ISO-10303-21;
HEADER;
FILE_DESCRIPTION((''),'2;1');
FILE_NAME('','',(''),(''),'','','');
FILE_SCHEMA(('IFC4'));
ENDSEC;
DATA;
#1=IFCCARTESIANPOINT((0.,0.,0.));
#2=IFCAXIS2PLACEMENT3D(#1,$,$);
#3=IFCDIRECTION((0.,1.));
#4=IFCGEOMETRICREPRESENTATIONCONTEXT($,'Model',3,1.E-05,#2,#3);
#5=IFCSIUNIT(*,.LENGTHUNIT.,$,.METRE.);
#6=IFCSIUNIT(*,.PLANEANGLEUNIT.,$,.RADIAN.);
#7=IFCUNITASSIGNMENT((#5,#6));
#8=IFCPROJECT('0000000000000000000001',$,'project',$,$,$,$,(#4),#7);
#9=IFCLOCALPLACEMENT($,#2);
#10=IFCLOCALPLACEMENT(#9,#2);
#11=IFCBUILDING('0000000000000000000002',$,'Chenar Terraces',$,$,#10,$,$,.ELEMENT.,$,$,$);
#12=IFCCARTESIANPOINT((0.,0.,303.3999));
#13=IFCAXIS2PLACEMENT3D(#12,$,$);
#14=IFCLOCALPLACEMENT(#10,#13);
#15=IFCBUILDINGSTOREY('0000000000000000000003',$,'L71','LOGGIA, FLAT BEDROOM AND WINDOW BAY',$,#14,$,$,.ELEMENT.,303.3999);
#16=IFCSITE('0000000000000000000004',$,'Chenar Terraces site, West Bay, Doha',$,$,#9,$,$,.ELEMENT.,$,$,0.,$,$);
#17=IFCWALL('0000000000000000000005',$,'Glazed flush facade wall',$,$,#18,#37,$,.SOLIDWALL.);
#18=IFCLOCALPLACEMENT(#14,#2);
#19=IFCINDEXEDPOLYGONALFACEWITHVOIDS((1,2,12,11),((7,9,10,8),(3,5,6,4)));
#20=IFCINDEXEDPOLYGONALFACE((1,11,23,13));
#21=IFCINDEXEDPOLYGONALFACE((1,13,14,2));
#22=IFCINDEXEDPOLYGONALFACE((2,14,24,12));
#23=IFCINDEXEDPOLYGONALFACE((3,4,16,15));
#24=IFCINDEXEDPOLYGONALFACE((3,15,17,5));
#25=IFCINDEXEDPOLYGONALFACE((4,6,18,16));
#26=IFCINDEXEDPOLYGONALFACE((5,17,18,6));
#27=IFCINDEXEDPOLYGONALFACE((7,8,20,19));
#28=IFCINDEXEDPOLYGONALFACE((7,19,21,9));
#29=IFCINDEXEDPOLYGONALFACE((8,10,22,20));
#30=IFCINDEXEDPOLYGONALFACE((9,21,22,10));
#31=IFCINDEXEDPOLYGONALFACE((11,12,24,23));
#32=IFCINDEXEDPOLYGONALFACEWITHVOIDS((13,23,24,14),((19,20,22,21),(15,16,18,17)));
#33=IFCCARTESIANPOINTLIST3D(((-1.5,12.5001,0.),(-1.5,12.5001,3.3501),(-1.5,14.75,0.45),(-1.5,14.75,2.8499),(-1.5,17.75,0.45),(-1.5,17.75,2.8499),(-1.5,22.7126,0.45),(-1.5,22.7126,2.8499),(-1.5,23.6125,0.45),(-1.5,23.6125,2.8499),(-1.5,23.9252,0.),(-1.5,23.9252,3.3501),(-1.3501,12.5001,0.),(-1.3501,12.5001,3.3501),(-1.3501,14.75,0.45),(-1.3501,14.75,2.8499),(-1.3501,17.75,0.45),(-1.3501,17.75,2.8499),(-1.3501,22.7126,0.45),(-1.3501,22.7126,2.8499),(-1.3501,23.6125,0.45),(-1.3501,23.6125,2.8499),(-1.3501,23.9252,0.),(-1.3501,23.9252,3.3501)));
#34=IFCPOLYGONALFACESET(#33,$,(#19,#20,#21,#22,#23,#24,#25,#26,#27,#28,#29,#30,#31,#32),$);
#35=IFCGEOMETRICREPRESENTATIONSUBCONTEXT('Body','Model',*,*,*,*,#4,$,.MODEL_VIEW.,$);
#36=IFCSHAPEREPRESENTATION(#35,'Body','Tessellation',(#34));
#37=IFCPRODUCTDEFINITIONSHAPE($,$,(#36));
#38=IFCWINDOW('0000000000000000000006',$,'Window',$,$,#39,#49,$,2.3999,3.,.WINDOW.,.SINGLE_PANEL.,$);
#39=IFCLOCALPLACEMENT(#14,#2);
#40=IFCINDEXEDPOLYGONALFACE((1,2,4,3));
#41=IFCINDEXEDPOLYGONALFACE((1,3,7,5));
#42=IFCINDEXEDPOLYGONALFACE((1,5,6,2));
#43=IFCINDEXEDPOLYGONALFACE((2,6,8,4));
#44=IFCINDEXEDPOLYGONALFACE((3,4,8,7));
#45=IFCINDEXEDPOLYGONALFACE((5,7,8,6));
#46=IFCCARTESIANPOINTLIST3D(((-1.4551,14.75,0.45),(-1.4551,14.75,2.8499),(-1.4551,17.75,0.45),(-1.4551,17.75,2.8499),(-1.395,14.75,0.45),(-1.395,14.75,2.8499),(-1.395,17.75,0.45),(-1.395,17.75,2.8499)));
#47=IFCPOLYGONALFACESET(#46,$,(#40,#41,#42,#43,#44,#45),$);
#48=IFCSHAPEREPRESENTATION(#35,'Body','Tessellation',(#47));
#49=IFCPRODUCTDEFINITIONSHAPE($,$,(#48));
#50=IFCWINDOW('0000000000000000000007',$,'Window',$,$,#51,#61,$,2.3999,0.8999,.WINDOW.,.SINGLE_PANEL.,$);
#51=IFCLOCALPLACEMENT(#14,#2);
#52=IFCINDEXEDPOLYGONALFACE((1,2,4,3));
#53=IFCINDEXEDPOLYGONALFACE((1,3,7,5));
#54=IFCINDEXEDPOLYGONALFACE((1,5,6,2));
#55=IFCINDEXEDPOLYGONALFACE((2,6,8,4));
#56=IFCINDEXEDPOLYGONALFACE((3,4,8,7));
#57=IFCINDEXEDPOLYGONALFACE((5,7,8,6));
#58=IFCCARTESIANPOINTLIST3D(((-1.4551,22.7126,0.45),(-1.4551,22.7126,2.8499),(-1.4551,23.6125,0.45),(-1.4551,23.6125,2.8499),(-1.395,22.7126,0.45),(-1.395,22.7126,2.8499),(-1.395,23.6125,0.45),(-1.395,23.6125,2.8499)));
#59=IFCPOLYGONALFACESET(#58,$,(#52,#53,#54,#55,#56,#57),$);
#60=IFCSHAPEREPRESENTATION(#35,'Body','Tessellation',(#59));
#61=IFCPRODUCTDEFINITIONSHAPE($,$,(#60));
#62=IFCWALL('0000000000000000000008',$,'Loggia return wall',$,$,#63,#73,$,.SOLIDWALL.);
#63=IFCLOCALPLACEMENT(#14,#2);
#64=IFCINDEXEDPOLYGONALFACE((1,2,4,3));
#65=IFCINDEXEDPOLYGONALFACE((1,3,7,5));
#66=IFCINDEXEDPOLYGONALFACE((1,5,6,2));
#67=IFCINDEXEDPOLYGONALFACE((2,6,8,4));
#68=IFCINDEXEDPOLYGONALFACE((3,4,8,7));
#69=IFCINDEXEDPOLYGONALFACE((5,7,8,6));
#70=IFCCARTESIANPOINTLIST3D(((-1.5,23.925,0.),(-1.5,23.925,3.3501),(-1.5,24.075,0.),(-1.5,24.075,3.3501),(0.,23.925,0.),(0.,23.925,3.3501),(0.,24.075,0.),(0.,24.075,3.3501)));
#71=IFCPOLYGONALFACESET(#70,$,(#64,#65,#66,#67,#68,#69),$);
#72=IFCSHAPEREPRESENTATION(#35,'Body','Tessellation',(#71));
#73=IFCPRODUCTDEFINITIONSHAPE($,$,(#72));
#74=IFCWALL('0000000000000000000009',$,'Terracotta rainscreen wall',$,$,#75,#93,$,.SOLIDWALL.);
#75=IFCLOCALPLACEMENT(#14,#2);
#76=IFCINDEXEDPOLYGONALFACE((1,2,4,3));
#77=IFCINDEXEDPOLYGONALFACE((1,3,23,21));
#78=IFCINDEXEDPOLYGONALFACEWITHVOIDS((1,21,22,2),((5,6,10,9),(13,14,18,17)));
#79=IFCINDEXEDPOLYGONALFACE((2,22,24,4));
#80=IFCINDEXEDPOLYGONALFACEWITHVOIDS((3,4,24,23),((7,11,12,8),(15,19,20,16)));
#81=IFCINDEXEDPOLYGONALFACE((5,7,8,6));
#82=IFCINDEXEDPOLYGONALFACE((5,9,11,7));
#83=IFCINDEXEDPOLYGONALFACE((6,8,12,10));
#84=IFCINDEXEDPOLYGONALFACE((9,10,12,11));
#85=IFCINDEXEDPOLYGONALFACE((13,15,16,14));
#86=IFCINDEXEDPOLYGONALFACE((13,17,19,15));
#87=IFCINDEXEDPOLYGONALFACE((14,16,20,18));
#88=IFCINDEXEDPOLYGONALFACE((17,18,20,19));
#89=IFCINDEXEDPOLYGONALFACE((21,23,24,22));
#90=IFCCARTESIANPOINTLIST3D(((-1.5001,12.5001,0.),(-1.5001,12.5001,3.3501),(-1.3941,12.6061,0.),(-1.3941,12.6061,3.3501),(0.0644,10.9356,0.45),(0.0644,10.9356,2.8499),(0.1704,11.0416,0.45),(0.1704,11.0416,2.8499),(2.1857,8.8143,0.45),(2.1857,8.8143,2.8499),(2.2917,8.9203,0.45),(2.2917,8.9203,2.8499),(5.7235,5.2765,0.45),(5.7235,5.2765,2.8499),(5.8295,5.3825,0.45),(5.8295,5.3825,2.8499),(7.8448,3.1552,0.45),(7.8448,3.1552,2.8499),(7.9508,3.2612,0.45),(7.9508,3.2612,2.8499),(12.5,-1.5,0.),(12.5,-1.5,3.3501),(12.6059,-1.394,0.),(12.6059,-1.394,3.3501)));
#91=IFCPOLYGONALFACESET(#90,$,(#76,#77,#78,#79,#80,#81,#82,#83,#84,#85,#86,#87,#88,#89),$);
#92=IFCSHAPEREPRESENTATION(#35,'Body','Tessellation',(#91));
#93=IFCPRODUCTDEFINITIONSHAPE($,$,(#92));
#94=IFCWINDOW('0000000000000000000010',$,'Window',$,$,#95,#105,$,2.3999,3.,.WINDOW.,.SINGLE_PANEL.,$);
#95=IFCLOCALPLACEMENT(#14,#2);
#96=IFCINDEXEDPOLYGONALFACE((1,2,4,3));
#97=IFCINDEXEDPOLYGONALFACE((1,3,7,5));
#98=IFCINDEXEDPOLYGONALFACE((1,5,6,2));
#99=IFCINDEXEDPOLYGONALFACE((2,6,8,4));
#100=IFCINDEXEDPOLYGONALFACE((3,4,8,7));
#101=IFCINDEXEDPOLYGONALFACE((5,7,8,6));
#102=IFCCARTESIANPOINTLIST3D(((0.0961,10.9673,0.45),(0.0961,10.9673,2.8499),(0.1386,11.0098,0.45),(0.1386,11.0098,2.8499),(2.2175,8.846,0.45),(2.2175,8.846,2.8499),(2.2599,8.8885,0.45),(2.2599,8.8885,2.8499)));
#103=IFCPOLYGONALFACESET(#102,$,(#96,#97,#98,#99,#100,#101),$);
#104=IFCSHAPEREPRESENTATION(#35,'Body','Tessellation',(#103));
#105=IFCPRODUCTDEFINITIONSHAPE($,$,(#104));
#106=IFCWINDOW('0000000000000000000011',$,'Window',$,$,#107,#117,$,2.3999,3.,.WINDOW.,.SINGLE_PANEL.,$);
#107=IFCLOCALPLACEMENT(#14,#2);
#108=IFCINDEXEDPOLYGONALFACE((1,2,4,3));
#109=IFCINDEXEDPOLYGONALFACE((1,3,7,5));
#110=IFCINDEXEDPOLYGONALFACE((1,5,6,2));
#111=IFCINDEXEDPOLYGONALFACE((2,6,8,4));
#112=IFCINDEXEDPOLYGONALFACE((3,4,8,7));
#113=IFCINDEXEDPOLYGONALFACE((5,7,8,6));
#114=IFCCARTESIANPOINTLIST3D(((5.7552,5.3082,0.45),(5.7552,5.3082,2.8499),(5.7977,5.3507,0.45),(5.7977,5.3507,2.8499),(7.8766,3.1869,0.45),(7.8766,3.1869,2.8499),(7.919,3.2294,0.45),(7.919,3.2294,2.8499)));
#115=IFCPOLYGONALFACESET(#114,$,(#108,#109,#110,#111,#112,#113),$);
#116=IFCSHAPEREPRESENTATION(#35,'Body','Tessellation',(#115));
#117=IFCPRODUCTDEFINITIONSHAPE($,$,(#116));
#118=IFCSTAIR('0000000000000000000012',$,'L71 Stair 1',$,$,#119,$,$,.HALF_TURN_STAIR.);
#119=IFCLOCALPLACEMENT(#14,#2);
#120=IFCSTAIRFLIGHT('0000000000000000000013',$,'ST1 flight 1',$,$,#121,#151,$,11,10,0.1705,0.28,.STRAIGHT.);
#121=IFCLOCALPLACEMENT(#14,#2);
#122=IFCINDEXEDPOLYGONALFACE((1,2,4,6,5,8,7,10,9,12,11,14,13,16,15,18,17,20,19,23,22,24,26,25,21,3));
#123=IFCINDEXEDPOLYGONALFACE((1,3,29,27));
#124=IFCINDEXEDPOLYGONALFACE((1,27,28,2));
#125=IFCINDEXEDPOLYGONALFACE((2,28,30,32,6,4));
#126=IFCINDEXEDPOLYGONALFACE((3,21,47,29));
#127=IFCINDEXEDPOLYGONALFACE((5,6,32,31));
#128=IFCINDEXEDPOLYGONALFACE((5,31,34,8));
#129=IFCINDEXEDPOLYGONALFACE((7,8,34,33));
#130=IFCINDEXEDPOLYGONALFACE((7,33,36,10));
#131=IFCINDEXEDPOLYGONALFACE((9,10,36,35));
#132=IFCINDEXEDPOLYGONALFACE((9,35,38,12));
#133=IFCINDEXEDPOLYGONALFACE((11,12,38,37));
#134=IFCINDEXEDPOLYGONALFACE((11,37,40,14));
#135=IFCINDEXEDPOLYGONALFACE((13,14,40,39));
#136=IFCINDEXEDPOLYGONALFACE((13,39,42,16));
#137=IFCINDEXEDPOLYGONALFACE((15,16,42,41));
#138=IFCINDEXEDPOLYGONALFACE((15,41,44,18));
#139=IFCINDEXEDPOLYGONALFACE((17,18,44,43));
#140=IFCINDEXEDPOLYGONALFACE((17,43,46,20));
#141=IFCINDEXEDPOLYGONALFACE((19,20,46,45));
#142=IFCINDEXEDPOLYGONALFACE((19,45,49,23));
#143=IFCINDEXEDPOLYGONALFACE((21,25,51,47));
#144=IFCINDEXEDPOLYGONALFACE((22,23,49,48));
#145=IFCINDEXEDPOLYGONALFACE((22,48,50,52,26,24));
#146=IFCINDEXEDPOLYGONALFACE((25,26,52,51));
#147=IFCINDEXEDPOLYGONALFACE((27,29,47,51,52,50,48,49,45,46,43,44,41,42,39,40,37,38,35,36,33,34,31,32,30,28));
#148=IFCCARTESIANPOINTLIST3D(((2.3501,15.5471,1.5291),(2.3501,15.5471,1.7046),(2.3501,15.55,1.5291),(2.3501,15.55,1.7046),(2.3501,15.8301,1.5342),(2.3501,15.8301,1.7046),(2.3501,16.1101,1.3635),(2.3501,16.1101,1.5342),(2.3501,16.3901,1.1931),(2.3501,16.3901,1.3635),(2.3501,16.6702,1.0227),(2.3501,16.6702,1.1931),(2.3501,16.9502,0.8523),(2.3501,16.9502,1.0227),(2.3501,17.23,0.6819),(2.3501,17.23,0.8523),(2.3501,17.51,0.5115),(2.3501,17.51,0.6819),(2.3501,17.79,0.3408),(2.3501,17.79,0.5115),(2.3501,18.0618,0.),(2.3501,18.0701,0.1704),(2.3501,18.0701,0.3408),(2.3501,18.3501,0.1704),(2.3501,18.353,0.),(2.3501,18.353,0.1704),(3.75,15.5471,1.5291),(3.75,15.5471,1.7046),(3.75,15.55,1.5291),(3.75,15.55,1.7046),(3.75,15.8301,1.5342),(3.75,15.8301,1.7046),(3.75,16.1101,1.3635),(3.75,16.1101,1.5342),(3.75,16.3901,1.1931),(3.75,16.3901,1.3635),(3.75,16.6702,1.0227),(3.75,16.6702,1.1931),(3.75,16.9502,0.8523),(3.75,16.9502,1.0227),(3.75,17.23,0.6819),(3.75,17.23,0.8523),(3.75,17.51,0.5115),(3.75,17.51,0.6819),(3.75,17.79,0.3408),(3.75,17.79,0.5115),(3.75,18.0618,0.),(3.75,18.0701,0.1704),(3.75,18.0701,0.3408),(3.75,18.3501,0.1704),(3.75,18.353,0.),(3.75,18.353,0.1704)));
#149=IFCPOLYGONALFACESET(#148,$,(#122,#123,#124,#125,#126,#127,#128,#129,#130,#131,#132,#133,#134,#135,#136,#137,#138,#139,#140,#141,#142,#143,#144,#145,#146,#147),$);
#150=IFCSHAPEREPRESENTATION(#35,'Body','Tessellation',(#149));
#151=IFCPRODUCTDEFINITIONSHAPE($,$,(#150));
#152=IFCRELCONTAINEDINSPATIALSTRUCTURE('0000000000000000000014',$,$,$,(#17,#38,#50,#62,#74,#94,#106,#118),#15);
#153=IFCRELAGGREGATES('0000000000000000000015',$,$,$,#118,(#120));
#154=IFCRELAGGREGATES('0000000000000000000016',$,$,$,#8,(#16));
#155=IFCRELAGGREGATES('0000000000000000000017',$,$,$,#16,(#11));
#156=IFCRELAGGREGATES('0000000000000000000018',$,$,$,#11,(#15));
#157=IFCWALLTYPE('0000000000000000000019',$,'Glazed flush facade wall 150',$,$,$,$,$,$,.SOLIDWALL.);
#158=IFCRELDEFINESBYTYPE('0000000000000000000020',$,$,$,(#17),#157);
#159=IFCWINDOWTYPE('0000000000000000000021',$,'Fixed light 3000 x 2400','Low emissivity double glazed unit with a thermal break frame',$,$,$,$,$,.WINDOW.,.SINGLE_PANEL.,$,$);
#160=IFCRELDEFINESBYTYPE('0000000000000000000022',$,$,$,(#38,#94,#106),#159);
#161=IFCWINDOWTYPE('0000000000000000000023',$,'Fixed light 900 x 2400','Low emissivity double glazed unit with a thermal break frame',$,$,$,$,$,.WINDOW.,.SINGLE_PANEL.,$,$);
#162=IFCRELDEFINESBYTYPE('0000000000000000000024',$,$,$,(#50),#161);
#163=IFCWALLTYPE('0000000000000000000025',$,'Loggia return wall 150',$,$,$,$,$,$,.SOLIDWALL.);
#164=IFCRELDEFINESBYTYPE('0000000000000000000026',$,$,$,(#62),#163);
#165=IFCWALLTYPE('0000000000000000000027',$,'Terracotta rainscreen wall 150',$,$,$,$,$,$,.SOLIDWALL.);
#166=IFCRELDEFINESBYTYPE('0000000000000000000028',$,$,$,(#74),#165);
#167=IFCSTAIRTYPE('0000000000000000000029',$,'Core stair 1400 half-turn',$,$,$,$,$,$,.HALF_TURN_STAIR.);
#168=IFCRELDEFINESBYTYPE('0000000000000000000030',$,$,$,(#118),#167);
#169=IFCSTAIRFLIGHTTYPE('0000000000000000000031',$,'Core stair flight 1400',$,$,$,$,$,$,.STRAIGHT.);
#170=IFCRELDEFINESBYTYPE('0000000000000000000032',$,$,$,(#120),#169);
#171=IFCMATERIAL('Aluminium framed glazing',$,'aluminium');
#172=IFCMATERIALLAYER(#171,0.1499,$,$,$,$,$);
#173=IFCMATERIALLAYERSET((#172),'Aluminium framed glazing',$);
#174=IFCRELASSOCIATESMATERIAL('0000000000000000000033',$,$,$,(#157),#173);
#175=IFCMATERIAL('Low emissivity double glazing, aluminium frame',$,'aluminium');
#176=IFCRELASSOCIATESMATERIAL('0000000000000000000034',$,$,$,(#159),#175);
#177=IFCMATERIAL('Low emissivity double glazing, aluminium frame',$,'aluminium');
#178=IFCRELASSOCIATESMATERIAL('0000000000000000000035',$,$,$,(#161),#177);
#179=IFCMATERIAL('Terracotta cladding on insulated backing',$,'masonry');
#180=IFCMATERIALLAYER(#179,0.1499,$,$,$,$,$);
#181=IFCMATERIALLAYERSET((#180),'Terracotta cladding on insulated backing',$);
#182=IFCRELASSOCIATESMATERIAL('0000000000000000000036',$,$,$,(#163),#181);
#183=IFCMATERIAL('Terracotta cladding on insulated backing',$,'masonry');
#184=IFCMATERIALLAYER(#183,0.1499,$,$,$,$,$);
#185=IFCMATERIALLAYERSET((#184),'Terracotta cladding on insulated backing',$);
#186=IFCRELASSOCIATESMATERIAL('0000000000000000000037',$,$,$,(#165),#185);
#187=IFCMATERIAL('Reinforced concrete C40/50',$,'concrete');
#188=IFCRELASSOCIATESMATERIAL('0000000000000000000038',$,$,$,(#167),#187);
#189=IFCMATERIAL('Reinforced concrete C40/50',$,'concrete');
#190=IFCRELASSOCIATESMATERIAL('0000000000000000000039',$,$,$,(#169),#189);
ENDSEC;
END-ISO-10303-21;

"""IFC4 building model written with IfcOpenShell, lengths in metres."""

from ifc_helpers import new_model, si_unit, direction, frame, frame_2d, origin, place, context, subcontext, project, spatial, polyline, rectangle, outline, extrude, material, layer, layer_set, type_object, element, fill, aggregate, save


model = new_model("IFC4")

# Units and contexts
model_context = context("Model", 3, precision=1e-05, world=origin(), true_north=direction((0.0, 1.0)))
body_context = subcontext(model_context, "Body", "Model", "MODEL_VIEW")
ifc_project = project(units=[si_unit("LENGTHUNIT", "METRE"), si_unit("PLANEANGLEUNIT", "RADIAN")], contexts=[model_context])

# Site, building, storey
site_placement = place(None, origin())
site = spatial("IfcSite", under=ifc_project, at=site_placement, Name="Chenar Terraces site, West Bay, Doha", CompositionType="ELEMENT", RefElevation=0.0)
building_placement = place(site_placement, origin())
building = spatial("IfcBuilding", under=site, at=building_placement, Name="Chenar Terraces", CompositionType="ELEMENT")
storey_placement = place(building_placement, frame((0.0, 0.0, 303.3999)))
storey = spatial("IfcBuildingStorey", under=building, at=storey_placement, Name="L71", Description="LOGGIA, FLAT BEDROOM AND WINDOW BAY", CompositionType="ELEMENT", Elevation=303.3999)

# Wall, openings, windows
ifc_material_1 = material(Name="Aluminium framed glazing", Category="aluminium")
ifc_layer_1 = layer(ifc_material_1, 0.1499)
ifc_layer_set_1 = layer_set([ifc_layer_1], Name="Aluminium framed glazing")
wall_type_1 = type_object("IfcWallType", Name="Glazed flush facade wall 150", PredefinedType="SOLIDWALL", material=ifc_layer_set_1)
wall_1_placement = place(storey_placement, frame((-1.425, 23.925, 0.0), z_axis=(0.0, 0.0, 1.0), x_axis=(0.0, -1.0, 0.0)))
wall_1 = element("IfcWall", 1, at=wall_1_placement, inside=storey, type_object=wall_type_1, Name="Glazed flush facade wall", PredefinedType="SOLIDWALL", context=body_context, shape_type="SweptSolid", body=[
    extrude(rectangle(XDim=11.425, YDim=0.1499, at=frame_2d((5.7124, 0.0))), origin(), (0.0, 0.0, 1.0), 3.3501),
])
opening_1_placement = place(wall_1_placement, frame((0.3125, 0.0, 0.45)))
opening_1 = element("IfcOpeningElement", 2, at=opening_1_placement, cuts=wall_1, PredefinedType="OPENING", context=body_context, shape_type="SweptSolid", body=[
    extrude(rectangle(XDim=0.8999, YDim=2.3999, at=frame_2d((0.45, 1.2))), frame((0.0, 0.085, 0.0), z_axis=(0.0, -1.0, 0.0), x_axis=(1.0, 0.0, 0.0)), (0.0, 0.0, 1.0), 0.1699),
])
opening_2_placement = place(wall_1_placement, frame((6.175, 0.0, 0.45)))
opening_2 = element("IfcOpeningElement", 3, at=opening_2_placement, cuts=wall_1, PredefinedType="OPENING", context=body_context, shape_type="SweptSolid", body=[
    extrude(rectangle(XDim=3.0, YDim=2.3999, at=frame_2d((1.5, 1.2))), frame((0.0, 0.085, 0.0), z_axis=(0.0, -1.0, 0.0), x_axis=(1.0, 0.0, 0.0)), (0.0, 0.0, 1.0), 0.1699),
])
ifc_material_2 = material(Name="Low emissivity double glazing, aluminium frame", Category="aluminium")
window_type_1 = type_object("IfcWindowType", Name="Fixed light 3000 x 2400", Description="Low emissivity double glazed unit with a thermal break frame", PartitioningType="SINGLE_PANEL", PredefinedType="WINDOW", material=ifc_material_2)
window_1_placement = place(opening_2_placement, origin())
window_1 = element("IfcWindow", 4, at=window_1_placement, inside=storey, type_object=window_type_1, Name="Window", OverallHeight=2.3999, OverallWidth=3.0, PartitioningType="SINGLE_PANEL", PredefinedType="WINDOW", context=body_context, shape_type="SweptSolid", body=[
    extrude(rectangle(XDim=3.0, YDim=2.3999, at=frame_2d((1.5, 1.2))), frame((0.0, 0.03, 0.0), z_axis=(0.0, -1.0, 0.0), x_axis=(1.0, 0.0, 0.0)), (0.0, 0.0, 1.0), 0.0601),
])
fill(opening_2, window_1)
ifc_material_3 = material(Name="Low emissivity double glazing, aluminium frame", Category="aluminium")
window_type_2 = type_object("IfcWindowType", Name="Fixed light 900 x 2400", Description="Low emissivity double glazed unit with a thermal break frame", PartitioningType="SINGLE_PANEL", PredefinedType="WINDOW", material=ifc_material_3)
window_2_placement = place(opening_1_placement, origin())
window_2 = element("IfcWindow", 5, at=window_2_placement, inside=storey, type_object=window_type_2, Name="Window", OverallHeight=2.3999, OverallWidth=0.8999, PartitioningType="SINGLE_PANEL", PredefinedType="WINDOW", context=body_context, shape_type="SweptSolid", body=[
    extrude(rectangle(XDim=0.8999, YDim=2.3999, at=frame_2d((0.45, 1.2))), frame((0.0, 0.03, 0.0), z_axis=(0.0, -1.0, 0.0), x_axis=(1.0, 0.0, 0.0)), (0.0, 0.0, 1.0), 0.0601),
])
fill(opening_1, window_2)

# Wall
ifc_material_4 = material(Name="Terracotta cladding on insulated backing", Category="masonry")
ifc_layer_2 = layer(ifc_material_4, 0.1499)
ifc_layer_set_2 = layer_set([ifc_layer_2], Name="Terracotta cladding on insulated backing")
wall_type_2 = type_object("IfcWallType", Name="Loggia return wall 150", PredefinedType="SOLIDWALL", material=ifc_layer_set_2)
wall_2_placement = place(storey_placement, frame((-1.5, 24.0, 0.0), z_axis=(0.0, 0.0, 1.0), x_axis=(1.0, 0.0, 0.0)))
element("IfcWall", 6, at=wall_2_placement, inside=storey, type_object=wall_type_2, Name="Loggia return wall", PredefinedType="SOLIDWALL", context=body_context, shape_type="SweptSolid", body=[
    extrude(rectangle(XDim=1.5, YDim=0.1499, at=frame_2d((0.75, 0.0))), origin(), (0.0, 0.0, 1.0), 3.3501),
])

# Wall, openings, windows
ifc_material_5 = material(Name="Terracotta cladding on insulated backing", Category="masonry")
ifc_layer_3 = layer(ifc_material_5, 0.1499)
ifc_layer_set_3 = layer_set([ifc_layer_3], Name="Terracotta cladding on insulated backing")
wall_type_3 = type_object("IfcWallType", Name="Terracotta rainscreen wall 150", PredefinedType="SOLIDWALL", material=ifc_layer_set_3)
wall_3_placement = place(storey_placement, frame((-1.447, 12.553, 0.0), z_axis=(0.0, 0.0, 1.0), x_axis=(0.707107, -0.707107, 0.0)))
wall_3 = element("IfcWall", 7, at=wall_3_placement, inside=storey, type_object=wall_type_3, Name="Terracotta rainscreen wall", PredefinedType="SOLIDWALL", context=body_context, shape_type="SweptSolid", body=[
    extrude(rectangle(XDim=19.7991, YDim=0.1499, at=frame_2d((9.8994, 0.0))), origin(), (0.0, 0.0, 1.0), 3.3501),
])
opening_3_placement = place(wall_3_placement, frame((2.2124, 0.0, 0.45)))
opening_3 = element("IfcOpeningElement", 8, at=opening_3_placement, cuts=wall_3, PredefinedType="OPENING", context=body_context, shape_type="SweptSolid", body=[
    extrude(rectangle(XDim=3.0, YDim=2.3999, at=frame_2d((1.5, 1.2))), frame((0.0, 0.085, 0.0), z_axis=(0.0, -1.0, 0.0), x_axis=(1.0, 0.0, 0.0)), (0.0, 0.0, 1.0), 0.1699),
])
opening_4_placement = place(wall_3_placement, frame((10.2156, 0.0, 0.45)))
opening_4 = element("IfcOpeningElement", 9, at=opening_4_placement, cuts=wall_3, PredefinedType="OPENING", context=body_context, shape_type="SweptSolid", body=[
    extrude(rectangle(XDim=3.0, YDim=2.3999, at=frame_2d((1.5, 1.2))), frame((0.0, 0.085, 0.0), z_axis=(0.0, -1.0, 0.0), x_axis=(1.0, 0.0, 0.0)), (0.0, 0.0, 1.0), 0.1699),
])
window_3_placement = place(opening_3_placement, origin())
window_3 = element("IfcWindow", 10, at=window_3_placement, inside=storey, type_object=window_type_1, Name="Window", OverallHeight=2.3999, OverallWidth=3.0, PartitioningType="SINGLE_PANEL", PredefinedType="WINDOW", context=body_context, shape_type="SweptSolid", body=[
    extrude(rectangle(XDim=3.0, YDim=2.3999, at=frame_2d((1.5, 1.2))), frame((0.0, 0.03, 0.0), z_axis=(0.0, -1.0, 0.0), x_axis=(1.0, 0.0, 0.0)), (0.0, 0.0, 1.0), 0.0601),
])
fill(opening_3, window_3)
window_4_placement = place(opening_4_placement, origin())
window_4 = element("IfcWindow", 11, at=window_4_placement, inside=storey, type_object=window_type_1, Name="Window", OverallHeight=2.3999, OverallWidth=3.0, PartitioningType="SINGLE_PANEL", PredefinedType="WINDOW", context=body_context, shape_type="SweptSolid", body=[
    extrude(rectangle(XDim=3.0, YDim=2.3999, at=frame_2d((1.5, 1.2))), frame((0.0, 0.03, 0.0), z_axis=(0.0, -1.0, 0.0), x_axis=(1.0, 0.0, 0.0)), (0.0, 0.0, 1.0), 0.0601),
])
fill(opening_4, window_4)

# Stair, stair flight
ifc_material_6 = material(Name="Reinforced concrete C40/50", Category="concrete")
stair_type = type_object("IfcStairType", Name="Core stair 1400 half-turn", PredefinedType="HALF_TURN_STAIR", material=ifc_material_6)
stair_placement = place(storey_placement, origin())
stair = element("IfcStair", 12, at=stair_placement, inside=storey, type_object=stair_type, Name="L71 Stair 1", PredefinedType="HALF_TURN_STAIR")
ifc_material_7 = material(Name="Reinforced concrete C40/50", Category="concrete")
stair_flight_type = type_object("IfcStairFlightType", Name="Core stair flight 1400", PredefinedType="STRAIGHT", material=ifc_material_7)
stair_flight_1_placement = place(storey_placement, frame((3.05, 18.3501, 0.0), z_axis=(0.0, 0.0, 1.0), x_axis=(0.0, -1.0, 0.0)))
stair_flight_1 = element("IfcStairFlight", 13, at=stair_flight_1_placement, type_object=stair_flight_type, Name="ST1 flight 1", NumberOfRisers=11, NumberOfTreads=10, PredefinedType="STRAIGHT", RiserHeight=0.1705, TreadLength=0.28, context=body_context, shape_type="SweptSolid", body=[
    extrude(outline(polyline([(-0.0029, 0.0), (-0.0029, 0.1704), (0.0, 0.1704), (0.28, 0.1704), (0.28, 0.3408), (0.5601, 0.3408), (0.5601, 0.5115), (0.8401, 0.5115), (0.8401, 0.6819), (1.1201, 0.6819), (1.1201, 0.8523), (1.3999, 0.8523), (1.3999, 1.0227), (1.6799, 1.0227), (1.6799, 1.1931), (1.96, 1.1931), (1.96, 1.3635), (2.24, 1.3635), (2.24, 1.5342), (2.52, 1.5342), (2.52, 1.7046), (2.8, 1.7046), (2.803, 1.7046), (2.803, 1.5291), (2.8, 1.5291), (0.2883, 0.0), (-0.0029, 0.0)])), frame((0.0, 0.7, 0.0), z_axis=(0.0, -1.0, 0.0), x_axis=(1.0, 0.0, 0.0)), (0.0, 0.0, 1.0), 1.3999),
])
aggregate(stair, [stair_flight_1])

save(model, "model.ifc")
